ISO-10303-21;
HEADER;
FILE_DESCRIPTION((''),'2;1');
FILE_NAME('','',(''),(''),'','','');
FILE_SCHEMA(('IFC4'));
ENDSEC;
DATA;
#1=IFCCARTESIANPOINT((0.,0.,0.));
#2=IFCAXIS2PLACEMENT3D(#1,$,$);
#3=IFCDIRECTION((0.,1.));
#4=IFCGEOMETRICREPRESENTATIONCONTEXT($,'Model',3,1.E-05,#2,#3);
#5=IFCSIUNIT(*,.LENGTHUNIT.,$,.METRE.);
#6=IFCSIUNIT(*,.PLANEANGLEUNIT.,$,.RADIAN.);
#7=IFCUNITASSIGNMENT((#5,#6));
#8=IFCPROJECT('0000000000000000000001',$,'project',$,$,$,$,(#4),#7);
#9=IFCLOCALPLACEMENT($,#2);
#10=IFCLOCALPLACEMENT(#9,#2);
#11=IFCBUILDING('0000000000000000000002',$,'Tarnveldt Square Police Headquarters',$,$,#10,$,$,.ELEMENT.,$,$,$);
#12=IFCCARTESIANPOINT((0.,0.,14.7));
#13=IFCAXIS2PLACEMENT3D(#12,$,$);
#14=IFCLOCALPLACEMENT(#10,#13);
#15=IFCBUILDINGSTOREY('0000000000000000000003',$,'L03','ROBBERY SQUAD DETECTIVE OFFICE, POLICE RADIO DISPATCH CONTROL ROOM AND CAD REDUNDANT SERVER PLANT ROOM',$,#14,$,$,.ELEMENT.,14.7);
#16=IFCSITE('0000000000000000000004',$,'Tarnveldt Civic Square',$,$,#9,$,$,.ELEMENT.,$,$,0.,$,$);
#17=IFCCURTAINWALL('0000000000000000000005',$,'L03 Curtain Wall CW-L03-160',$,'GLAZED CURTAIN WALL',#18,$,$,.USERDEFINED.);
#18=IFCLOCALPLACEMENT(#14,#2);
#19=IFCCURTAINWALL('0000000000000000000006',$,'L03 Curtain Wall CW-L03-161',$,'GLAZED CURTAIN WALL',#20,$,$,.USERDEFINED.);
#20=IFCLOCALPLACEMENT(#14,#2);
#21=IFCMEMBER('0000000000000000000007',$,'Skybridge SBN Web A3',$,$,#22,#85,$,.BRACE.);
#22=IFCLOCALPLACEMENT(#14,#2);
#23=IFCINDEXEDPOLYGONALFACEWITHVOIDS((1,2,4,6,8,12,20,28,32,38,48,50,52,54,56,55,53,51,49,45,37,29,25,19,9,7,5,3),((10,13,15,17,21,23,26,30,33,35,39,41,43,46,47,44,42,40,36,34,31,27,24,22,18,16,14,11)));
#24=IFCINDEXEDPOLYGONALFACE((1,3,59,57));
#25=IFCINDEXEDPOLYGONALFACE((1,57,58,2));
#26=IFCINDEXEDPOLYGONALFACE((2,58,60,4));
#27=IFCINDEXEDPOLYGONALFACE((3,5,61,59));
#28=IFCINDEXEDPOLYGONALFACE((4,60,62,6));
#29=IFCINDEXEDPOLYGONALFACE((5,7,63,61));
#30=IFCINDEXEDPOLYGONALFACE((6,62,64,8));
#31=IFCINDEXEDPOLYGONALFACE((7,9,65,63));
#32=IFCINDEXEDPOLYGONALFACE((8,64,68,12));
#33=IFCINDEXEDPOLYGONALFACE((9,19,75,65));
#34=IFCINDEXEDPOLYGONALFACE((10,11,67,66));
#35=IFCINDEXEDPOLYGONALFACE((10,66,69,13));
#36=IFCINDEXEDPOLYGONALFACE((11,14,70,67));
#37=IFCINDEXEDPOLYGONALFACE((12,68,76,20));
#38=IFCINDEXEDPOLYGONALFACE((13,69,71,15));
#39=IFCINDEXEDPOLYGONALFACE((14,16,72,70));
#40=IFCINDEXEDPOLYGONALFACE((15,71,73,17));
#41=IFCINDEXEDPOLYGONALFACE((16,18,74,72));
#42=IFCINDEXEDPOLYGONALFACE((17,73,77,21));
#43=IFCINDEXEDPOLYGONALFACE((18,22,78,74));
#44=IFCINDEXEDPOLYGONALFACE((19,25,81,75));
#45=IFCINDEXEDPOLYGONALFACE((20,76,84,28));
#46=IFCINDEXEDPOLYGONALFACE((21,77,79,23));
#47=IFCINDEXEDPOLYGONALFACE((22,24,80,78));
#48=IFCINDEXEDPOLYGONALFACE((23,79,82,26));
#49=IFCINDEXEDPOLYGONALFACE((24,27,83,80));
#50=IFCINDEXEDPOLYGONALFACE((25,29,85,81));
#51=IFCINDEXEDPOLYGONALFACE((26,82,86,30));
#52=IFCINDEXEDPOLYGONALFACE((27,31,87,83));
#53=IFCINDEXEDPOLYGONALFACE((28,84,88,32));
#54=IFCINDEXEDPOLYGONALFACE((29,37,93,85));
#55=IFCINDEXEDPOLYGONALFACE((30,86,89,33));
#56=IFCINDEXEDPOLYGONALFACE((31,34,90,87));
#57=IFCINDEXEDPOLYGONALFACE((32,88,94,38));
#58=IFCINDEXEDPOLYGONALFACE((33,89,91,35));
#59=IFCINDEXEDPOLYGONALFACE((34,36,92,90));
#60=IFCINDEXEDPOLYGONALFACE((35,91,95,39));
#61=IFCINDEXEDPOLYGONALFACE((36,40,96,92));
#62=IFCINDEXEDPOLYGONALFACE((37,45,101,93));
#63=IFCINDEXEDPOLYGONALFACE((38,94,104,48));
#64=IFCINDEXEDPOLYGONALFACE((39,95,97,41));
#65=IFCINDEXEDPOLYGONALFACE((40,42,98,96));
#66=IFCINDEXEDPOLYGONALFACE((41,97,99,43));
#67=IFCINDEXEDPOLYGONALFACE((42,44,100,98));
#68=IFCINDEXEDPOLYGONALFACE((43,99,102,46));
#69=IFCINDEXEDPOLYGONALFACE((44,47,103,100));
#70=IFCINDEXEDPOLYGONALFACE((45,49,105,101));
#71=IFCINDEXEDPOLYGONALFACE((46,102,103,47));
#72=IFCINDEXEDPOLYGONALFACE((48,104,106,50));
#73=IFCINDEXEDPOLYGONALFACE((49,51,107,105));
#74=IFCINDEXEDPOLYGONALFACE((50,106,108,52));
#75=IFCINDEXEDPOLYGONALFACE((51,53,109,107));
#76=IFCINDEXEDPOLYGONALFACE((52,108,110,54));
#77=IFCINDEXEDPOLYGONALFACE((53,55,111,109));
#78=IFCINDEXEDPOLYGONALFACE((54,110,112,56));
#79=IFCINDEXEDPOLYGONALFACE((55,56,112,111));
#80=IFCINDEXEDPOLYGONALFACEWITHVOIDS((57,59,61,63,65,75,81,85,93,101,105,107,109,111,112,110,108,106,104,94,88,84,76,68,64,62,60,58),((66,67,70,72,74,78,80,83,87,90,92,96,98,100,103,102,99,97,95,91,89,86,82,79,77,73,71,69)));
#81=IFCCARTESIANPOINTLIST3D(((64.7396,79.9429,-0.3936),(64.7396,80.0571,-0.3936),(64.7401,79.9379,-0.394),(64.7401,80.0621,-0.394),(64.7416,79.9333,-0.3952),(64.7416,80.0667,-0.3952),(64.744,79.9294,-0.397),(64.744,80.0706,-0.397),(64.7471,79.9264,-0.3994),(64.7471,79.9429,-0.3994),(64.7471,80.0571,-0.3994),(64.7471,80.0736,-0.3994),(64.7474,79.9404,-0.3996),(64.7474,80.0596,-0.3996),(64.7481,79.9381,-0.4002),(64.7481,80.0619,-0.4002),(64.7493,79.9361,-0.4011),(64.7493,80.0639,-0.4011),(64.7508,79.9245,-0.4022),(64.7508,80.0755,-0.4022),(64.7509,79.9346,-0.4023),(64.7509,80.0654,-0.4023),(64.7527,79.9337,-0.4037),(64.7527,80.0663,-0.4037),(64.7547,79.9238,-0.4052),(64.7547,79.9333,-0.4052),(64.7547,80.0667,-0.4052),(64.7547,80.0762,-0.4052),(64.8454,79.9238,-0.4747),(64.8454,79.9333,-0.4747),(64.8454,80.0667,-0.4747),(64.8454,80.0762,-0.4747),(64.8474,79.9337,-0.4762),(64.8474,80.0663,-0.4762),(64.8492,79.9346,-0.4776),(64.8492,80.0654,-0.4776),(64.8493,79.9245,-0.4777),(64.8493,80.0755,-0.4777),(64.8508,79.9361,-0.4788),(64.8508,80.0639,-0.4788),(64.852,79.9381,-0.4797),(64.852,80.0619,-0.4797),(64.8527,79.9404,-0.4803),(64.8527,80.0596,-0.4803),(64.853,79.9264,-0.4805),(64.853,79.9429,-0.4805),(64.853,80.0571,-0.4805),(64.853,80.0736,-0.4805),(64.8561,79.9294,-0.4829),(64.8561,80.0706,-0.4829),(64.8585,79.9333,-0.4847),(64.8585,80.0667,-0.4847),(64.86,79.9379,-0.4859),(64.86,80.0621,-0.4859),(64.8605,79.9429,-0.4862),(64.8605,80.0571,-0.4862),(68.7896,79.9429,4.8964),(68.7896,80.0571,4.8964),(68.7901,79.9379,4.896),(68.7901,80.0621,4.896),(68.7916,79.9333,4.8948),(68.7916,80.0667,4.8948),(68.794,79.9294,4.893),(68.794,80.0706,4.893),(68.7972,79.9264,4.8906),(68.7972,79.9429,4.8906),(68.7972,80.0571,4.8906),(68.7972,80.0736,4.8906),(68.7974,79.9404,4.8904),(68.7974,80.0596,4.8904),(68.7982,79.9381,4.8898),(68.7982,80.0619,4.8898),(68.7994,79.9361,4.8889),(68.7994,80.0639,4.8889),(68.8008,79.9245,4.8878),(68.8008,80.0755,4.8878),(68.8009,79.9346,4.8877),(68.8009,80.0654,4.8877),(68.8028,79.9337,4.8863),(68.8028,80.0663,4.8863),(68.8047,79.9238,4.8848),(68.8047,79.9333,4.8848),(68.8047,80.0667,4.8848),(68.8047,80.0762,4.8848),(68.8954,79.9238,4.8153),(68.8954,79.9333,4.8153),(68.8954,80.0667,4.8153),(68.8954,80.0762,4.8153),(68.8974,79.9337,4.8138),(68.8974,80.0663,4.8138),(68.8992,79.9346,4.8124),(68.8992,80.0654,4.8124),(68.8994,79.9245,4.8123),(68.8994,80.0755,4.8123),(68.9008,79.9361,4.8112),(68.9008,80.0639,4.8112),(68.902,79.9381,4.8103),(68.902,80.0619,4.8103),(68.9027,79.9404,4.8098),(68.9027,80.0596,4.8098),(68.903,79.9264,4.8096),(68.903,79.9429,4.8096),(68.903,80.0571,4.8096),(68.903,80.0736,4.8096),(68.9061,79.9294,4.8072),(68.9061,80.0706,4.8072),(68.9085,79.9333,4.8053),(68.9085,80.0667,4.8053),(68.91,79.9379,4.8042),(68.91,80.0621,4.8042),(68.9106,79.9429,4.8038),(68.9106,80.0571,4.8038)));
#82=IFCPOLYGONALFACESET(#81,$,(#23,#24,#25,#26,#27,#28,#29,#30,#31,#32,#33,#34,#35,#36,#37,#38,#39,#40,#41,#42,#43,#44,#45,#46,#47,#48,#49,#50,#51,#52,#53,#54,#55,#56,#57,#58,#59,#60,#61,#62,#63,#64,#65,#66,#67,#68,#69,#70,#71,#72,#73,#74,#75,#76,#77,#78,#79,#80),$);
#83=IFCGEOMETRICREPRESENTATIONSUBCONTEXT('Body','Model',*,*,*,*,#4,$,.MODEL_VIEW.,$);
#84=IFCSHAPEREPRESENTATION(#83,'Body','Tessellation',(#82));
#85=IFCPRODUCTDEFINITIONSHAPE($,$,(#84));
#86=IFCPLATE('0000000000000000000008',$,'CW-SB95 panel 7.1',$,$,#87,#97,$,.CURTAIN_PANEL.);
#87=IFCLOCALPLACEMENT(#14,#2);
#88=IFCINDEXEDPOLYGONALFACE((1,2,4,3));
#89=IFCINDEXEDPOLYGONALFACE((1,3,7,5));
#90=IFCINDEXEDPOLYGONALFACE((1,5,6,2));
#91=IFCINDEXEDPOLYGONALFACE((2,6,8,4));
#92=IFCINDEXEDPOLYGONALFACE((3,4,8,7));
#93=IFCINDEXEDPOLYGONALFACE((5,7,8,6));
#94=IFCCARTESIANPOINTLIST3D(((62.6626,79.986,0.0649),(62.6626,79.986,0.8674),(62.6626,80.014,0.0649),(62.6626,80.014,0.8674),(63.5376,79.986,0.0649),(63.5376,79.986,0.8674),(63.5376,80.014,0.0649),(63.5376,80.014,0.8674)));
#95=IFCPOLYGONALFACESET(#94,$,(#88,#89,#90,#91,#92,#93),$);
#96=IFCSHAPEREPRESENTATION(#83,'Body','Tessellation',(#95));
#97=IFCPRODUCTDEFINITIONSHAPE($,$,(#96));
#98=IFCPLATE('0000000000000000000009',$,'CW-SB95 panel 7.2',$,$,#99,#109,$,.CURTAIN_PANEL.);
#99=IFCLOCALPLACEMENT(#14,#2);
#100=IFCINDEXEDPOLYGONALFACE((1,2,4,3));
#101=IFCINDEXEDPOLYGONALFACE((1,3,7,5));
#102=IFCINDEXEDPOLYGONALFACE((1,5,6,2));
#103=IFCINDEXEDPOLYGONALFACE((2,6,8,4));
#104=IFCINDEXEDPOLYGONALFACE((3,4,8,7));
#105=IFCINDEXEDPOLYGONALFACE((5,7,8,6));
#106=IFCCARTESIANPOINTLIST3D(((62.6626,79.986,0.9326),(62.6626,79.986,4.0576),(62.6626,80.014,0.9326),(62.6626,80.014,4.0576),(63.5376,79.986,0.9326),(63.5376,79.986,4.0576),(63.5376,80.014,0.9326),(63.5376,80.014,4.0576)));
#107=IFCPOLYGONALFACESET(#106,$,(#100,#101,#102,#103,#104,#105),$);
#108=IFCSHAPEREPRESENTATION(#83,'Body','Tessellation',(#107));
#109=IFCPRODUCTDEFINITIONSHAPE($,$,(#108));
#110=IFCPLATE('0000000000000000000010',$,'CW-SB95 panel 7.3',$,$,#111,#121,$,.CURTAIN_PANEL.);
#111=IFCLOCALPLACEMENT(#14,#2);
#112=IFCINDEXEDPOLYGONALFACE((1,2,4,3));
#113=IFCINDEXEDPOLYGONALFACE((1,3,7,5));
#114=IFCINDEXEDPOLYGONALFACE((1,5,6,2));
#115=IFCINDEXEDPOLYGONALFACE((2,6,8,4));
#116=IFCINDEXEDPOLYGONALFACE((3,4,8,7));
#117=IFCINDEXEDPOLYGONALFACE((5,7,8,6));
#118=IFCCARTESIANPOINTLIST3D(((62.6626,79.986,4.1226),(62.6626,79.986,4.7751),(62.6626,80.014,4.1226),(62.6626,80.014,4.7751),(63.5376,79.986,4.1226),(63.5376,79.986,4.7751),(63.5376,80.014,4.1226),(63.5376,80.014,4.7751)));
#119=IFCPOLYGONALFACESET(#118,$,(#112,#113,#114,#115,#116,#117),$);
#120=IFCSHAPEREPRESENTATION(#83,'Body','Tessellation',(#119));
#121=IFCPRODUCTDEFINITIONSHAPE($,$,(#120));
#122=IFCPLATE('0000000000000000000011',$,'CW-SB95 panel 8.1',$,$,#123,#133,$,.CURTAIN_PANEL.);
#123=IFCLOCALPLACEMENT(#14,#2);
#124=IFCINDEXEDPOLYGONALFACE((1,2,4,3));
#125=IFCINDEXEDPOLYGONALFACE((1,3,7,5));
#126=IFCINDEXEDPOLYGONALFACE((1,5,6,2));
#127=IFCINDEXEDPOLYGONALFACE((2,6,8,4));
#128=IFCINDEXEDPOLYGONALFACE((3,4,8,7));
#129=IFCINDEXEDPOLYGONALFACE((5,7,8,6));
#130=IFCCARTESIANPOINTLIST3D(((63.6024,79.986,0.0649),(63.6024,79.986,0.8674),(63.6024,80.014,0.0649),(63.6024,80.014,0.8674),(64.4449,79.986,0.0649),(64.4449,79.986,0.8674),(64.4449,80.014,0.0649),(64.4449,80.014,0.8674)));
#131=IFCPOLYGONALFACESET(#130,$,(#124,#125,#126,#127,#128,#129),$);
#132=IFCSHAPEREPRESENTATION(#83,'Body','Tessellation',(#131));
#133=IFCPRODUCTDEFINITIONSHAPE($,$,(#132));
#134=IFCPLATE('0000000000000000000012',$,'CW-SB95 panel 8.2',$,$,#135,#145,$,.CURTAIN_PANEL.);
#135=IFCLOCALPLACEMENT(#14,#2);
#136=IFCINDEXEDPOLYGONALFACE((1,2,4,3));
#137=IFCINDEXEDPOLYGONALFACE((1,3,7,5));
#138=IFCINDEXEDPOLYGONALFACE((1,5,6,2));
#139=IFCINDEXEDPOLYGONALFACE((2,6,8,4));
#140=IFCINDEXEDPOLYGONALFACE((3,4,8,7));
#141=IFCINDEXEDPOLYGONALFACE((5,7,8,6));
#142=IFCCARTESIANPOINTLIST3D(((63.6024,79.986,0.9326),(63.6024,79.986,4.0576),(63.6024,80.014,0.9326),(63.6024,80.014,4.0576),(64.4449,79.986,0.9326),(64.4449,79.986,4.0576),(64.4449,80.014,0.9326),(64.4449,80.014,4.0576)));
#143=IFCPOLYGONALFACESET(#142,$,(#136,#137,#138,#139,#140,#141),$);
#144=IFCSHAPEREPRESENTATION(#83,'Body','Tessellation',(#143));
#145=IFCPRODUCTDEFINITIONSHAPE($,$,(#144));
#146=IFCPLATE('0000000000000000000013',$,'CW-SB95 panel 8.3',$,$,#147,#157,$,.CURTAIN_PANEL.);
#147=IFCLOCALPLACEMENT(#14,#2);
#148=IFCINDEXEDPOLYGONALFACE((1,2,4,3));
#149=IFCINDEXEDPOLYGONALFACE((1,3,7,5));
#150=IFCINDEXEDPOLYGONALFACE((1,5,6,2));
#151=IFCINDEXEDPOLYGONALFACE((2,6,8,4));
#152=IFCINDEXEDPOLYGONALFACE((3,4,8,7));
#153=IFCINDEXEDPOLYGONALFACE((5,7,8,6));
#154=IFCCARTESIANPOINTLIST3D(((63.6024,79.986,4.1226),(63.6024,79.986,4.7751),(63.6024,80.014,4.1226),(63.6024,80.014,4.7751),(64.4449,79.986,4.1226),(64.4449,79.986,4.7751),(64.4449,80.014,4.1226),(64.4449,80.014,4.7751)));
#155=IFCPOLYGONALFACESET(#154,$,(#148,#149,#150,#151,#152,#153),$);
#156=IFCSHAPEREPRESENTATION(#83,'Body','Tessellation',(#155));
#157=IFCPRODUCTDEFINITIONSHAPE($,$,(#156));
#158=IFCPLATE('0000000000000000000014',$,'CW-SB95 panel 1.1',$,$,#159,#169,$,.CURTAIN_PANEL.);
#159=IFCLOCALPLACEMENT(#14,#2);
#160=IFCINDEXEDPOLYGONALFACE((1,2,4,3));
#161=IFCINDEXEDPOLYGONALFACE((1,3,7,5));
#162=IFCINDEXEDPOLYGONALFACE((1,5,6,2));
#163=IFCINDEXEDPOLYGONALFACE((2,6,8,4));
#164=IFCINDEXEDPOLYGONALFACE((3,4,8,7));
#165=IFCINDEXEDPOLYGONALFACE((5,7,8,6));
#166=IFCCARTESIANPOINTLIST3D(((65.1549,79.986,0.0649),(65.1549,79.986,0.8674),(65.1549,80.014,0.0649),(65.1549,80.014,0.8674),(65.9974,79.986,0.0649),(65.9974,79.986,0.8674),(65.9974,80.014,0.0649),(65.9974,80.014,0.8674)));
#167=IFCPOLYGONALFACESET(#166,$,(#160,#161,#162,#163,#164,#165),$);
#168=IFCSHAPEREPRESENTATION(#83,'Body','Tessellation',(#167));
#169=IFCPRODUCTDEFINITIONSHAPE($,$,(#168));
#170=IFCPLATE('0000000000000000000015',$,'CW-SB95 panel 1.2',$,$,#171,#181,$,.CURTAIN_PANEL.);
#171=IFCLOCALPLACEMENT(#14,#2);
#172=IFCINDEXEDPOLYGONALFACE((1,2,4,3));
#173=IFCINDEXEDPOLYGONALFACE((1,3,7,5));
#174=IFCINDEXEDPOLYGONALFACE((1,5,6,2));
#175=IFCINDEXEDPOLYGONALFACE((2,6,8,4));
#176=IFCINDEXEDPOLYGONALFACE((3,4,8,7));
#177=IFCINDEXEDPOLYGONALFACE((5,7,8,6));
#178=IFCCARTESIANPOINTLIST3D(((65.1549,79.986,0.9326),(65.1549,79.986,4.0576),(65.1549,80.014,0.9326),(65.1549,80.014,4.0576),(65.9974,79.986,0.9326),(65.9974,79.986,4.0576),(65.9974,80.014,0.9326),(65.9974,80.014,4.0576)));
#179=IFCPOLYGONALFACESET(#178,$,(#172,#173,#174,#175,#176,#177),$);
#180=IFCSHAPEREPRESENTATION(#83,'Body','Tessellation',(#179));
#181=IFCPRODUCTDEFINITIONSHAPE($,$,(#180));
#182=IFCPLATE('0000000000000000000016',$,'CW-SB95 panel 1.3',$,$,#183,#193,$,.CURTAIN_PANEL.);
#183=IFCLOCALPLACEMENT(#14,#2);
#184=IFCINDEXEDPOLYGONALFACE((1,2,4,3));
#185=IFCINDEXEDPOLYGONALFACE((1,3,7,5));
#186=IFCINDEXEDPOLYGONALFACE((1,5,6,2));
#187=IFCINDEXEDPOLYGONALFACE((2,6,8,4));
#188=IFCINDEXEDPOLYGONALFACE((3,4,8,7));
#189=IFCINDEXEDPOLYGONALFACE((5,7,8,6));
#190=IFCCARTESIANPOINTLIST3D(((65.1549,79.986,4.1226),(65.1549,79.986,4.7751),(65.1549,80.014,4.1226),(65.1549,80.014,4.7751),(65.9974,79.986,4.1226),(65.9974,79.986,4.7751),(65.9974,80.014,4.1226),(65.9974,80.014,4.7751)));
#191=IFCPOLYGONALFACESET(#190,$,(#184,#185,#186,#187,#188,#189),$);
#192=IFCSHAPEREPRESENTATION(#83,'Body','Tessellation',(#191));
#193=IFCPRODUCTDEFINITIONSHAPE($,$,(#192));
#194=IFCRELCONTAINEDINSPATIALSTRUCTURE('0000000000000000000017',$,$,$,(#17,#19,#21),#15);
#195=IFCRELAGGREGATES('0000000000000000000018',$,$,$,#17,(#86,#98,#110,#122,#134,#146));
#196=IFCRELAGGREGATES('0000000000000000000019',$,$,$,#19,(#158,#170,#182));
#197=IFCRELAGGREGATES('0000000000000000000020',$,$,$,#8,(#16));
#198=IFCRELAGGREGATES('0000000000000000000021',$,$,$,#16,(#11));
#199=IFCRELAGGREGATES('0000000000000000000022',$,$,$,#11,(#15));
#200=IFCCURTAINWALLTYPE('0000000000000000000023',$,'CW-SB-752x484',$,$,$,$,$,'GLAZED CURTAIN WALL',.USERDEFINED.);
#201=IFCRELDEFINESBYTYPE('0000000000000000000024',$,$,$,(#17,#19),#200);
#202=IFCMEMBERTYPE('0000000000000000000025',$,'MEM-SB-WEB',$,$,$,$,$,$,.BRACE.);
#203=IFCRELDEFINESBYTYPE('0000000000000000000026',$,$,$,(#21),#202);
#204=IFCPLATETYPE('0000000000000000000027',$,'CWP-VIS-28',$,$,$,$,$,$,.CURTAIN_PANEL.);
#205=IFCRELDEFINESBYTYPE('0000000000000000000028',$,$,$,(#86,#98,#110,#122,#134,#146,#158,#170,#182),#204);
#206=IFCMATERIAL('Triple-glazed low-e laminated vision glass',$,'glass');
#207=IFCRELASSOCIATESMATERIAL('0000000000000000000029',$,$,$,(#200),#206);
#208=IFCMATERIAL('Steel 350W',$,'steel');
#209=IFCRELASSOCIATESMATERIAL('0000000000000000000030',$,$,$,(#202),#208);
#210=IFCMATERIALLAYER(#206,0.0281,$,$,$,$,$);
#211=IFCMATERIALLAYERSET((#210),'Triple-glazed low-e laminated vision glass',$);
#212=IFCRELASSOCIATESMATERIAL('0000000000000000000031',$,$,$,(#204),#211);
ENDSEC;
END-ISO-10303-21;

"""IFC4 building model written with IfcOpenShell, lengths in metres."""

from ifc_helpers import new_model, si_unit, direction, frame, origin, origin_2d, place, context, subcontext, project, spatial, rectangle, hollow_rectangle, extrude, material, layer, layer_set, material_profile, profile_set, type_object, element, aggregate, save


model = new_model("IFC4")

# Units and contexts
model_context = context("Model", 3, precision=1e-05, world=origin(), true_north=direction((0.0, 1.0)))
body_context = subcontext(model_context, "Body", "Model", "MODEL_VIEW")
ifc_project = project(units=[si_unit("LENGTHUNIT", "METRE"), si_unit("PLANEANGLEUNIT", "RADIAN")], contexts=[model_context])

# Site, building, storey
site_placement = place(None, origin())
site = spatial("IfcSite", under=ifc_project, at=site_placement, Name="Tarnveldt Civic Square", CompositionType="ELEMENT", RefElevation=0.0)
building_placement = place(site_placement, origin())
building = spatial("IfcBuilding", under=site, at=building_placement, Name="Tarnveldt Square Police Headquarters", CompositionType="ELEMENT")
storey_placement = place(building_placement, frame((0.0, 0.0, 14.7)))
storey = spatial("IfcBuildingStorey", under=building, at=storey_placement, Name="L03", Description="ROBBERY SQUAD DETECTIVE OFFICE, POLICE RADIO DISPATCH CONTROL ROOM AND CAD REDUNDANT SERVER PLANT ROOM", CompositionType="ELEMENT", Elevation=14.7)

# Shared definitions
ifc_material_1 = material(Name="Steel 350W", Category="steel")

# Curtain walls
ifc_material_2 = material(Name="Triple-glazed low-e laminated vision glass", Category="glass")
curtain_wall_type = type_object("IfcCurtainWallType", Name="CW-SB-752x484", ElementType="GLAZED CURTAIN WALL", PredefinedType="USERDEFINED", material=ifc_material_2)
curtain_wall_1_placement = place(storey_placement, origin())
curtain_wall_1 = element("IfcCurtainWall", 1, at=curtain_wall_1_placement, inside=storey, type_object=curtain_wall_type, Name="L03 Curtain Wall CW-L03-160", ObjectType="GLAZED CURTAIN WALL", PredefinedType="USERDEFINED")
curtain_wall_2_placement = place(storey_placement, origin())
curtain_wall_2 = element("IfcCurtainWall", 2, at=curtain_wall_2_placement, inside=storey, type_object=curtain_wall_type, Name="L03 Curtain Wall CW-L03-161", ObjectType="GLAZED CURTAIN WALL", PredefinedType="USERDEFINED")

# Member
ifc_material_profile_1 = material_profile(ifc_material_1, hollow_rectangle(XDim=0.1523, YDim=0.1523, WallThickness=0.0095, InnerFilletRadius=0.0095, OuterFilletRadius=0.019, at=origin_2d()), Name="HSS152x152x9.5")
ifc_profile_set_1 = profile_set([ifc_material_profile_1], Name="Steel 350W")
member_type_1 = type_object("IfcMemberType", Name="MEM-SB-WEB", PredefinedType="BRACE", material=ifc_profile_set_1)
for number, where, z_axis, x_axis, name in (
    (3, (64.8, 80.0, -0.4399), (0.607898, 0.0, 0.794016), (0.0, 1.0, 0.0), "Skybridge SBN Web A3"),
):
    element("IfcMember", number, at=place(storey_placement, frame(where, z_axis=z_axis, x_axis=x_axis)), inside=storey, type_object=member_type_1, Name=name, PredefinedType="BRACE", context=body_context, shape_type="SweptSolid", body=[
        extrude(hollow_rectangle(XDim=0.1523, YDim=0.1523, WallThickness=0.0095, InnerFilletRadius=0.0095, OuterFilletRadius=0.019, at=origin_2d()), origin(), (0.0, 0.0, 1.0), 6.6624),
    ])

# Plates
ifc_layer = layer(ifc_material_2, 0.0281)
ifc_layer_set = layer_set([ifc_layer], Name="Triple-glazed low-e laminated vision glass")
plate_type = type_object("IfcPlateType", Name="CWP-VIS-28", PredefinedType="CURTAIN_PANEL", material=ifc_layer_set)
plate_1_placement = place(storey_placement, frame((63.1001, 80.0, 0.0649), z_axis=(0.0, 0.0, 1.0), x_axis=(1.0, 0.0, 0.0)))
plate_1 = element("IfcPlate", 4, at=plate_1_placement, type_object=plate_type, Name="CW-SB95 panel 7.1", PredefinedType="CURTAIN_PANEL", context=body_context, shape_type="SweptSolid", body=[
    extrude(rectangle(XDim=0.875, YDim=0.0281, at=origin_2d()), origin(), (0.0, 0.0, 1.0), 0.8025),
])
plate_2_placement = place(storey_placement, frame((63.1001, 80.0, 0.9326), z_axis=(0.0, 0.0, 1.0), x_axis=(1.0, 0.0, 0.0)))
plate_2 = element("IfcPlate", 5, at=plate_2_placement, type_object=plate_type, Name="CW-SB95 panel 7.2", PredefinedType="CURTAIN_PANEL", context=body_context, shape_type="SweptSolid", body=[
    extrude(rectangle(XDim=0.875, YDim=0.0281, at=origin_2d()), origin(), (0.0, 0.0, 1.0), 3.125),
])
plate_3_placement = place(storey_placement, frame((63.1001, 80.0, 4.1226), z_axis=(0.0, 0.0, 1.0), x_axis=(1.0, 0.0, 0.0)))
plate_3 = element("IfcPlate", 6, at=plate_3_placement, type_object=plate_type, Name="CW-SB95 panel 7.3", PredefinedType="CURTAIN_PANEL", context=body_context, shape_type="SweptSolid", body=[
    extrude(rectangle(XDim=0.875, YDim=0.0281, at=origin_2d()), origin(), (0.0, 0.0, 1.0), 0.6526),
])
plate_4_placement = place(storey_placement, frame((64.0237, 80.0, 0.0649), z_axis=(0.0, 0.0, 1.0), x_axis=(1.0, 0.0, 0.0)))
plate_4 = element("IfcPlate", 7, at=plate_4_placement, type_object=plate_type, Name="CW-SB95 panel 8.1", PredefinedType="CURTAIN_PANEL", context=body_context, shape_type="SweptSolid", body=[
    extrude(rectangle(XDim=0.8425, YDim=0.0281, at=origin_2d()), origin(), (0.0, 0.0, 1.0), 0.8025),
])
plate_5_placement = place(storey_placement, frame((64.0237, 80.0, 0.9326), z_axis=(0.0, 0.0, 1.0), x_axis=(1.0, 0.0, 0.0)))
plate_5 = element("IfcPlate", 8, at=plate_5_placement, type_object=plate_type, Name="CW-SB95 panel 8.2", PredefinedType="CURTAIN_PANEL", context=body_context, shape_type="SweptSolid", body=[
    extrude(rectangle(XDim=0.8425, YDim=0.0281, at=origin_2d()), origin(), (0.0, 0.0, 1.0), 3.125),
])
plate_6_placement = place(storey_placement, frame((64.0237, 80.0, 4.1226), z_axis=(0.0, 0.0, 1.0), x_axis=(1.0, 0.0, 0.0)))
plate_6 = element("IfcPlate", 9, at=plate_6_placement, type_object=plate_type, Name="CW-SB95 panel 8.3", PredefinedType="CURTAIN_PANEL", context=body_context, shape_type="SweptSolid", body=[
    extrude(rectangle(XDim=0.8425, YDim=0.0281, at=origin_2d()), origin(), (0.0, 0.0, 1.0), 0.6526),
])
aggregate(curtain_wall_1, [plate_1, plate_2, plate_3, plate_4, plate_5, plate_6])
plate_7_placement = place(storey_placement, frame((65.5762, 80.0, 0.0649), z_axis=(0.0, 0.0, 1.0), x_axis=(1.0, 0.0, 0.0)))
plate_7 = element("IfcPlate", 10, at=plate_7_placement, type_object=plate_type, Name="CW-SB95 panel 1.1", PredefinedType="CURTAIN_PANEL", context=body_context, shape_type="SweptSolid", body=[
    extrude(rectangle(XDim=0.8425, YDim=0.0281, at=origin_2d()), origin(), (0.0, 0.0, 1.0), 0.8025),
])
plate_8_placement = place(storey_placement, frame((65.5762, 80.0, 0.9326), z_axis=(0.0, 0.0, 1.0), x_axis=(1.0, 0.0, 0.0)))
plate_8 = element("IfcPlate", 11, at=plate_8_placement, type_object=plate_type, Name="CW-SB95 panel 1.2", PredefinedType="CURTAIN_PANEL", context=body_context, shape_type="SweptSolid", body=[
    extrude(rectangle(XDim=0.8425, YDim=0.0281, at=origin_2d()), origin(), (0.0, 0.0, 1.0), 3.125),
])
plate_9_placement = place(storey_placement, frame((65.5762, 80.0, 4.1226), z_axis=(0.0, 0.0, 1.0), x_axis=(1.0, 0.0, 0.0)))
plate_9 = element("IfcPlate", 12, at=plate_9_placement, type_object=plate_type, Name="CW-SB95 panel 1.3", PredefinedType="CURTAIN_PANEL", context=body_context, shape_type="SweptSolid", body=[
    extrude(rectangle(XDim=0.8425, YDim=0.0281, at=origin_2d()), origin(), (0.0, 0.0, 1.0), 0.6526),
])
aggregate(curtain_wall_2, [plate_7, plate_8, plate_9])

save(model, "model.ifc")
